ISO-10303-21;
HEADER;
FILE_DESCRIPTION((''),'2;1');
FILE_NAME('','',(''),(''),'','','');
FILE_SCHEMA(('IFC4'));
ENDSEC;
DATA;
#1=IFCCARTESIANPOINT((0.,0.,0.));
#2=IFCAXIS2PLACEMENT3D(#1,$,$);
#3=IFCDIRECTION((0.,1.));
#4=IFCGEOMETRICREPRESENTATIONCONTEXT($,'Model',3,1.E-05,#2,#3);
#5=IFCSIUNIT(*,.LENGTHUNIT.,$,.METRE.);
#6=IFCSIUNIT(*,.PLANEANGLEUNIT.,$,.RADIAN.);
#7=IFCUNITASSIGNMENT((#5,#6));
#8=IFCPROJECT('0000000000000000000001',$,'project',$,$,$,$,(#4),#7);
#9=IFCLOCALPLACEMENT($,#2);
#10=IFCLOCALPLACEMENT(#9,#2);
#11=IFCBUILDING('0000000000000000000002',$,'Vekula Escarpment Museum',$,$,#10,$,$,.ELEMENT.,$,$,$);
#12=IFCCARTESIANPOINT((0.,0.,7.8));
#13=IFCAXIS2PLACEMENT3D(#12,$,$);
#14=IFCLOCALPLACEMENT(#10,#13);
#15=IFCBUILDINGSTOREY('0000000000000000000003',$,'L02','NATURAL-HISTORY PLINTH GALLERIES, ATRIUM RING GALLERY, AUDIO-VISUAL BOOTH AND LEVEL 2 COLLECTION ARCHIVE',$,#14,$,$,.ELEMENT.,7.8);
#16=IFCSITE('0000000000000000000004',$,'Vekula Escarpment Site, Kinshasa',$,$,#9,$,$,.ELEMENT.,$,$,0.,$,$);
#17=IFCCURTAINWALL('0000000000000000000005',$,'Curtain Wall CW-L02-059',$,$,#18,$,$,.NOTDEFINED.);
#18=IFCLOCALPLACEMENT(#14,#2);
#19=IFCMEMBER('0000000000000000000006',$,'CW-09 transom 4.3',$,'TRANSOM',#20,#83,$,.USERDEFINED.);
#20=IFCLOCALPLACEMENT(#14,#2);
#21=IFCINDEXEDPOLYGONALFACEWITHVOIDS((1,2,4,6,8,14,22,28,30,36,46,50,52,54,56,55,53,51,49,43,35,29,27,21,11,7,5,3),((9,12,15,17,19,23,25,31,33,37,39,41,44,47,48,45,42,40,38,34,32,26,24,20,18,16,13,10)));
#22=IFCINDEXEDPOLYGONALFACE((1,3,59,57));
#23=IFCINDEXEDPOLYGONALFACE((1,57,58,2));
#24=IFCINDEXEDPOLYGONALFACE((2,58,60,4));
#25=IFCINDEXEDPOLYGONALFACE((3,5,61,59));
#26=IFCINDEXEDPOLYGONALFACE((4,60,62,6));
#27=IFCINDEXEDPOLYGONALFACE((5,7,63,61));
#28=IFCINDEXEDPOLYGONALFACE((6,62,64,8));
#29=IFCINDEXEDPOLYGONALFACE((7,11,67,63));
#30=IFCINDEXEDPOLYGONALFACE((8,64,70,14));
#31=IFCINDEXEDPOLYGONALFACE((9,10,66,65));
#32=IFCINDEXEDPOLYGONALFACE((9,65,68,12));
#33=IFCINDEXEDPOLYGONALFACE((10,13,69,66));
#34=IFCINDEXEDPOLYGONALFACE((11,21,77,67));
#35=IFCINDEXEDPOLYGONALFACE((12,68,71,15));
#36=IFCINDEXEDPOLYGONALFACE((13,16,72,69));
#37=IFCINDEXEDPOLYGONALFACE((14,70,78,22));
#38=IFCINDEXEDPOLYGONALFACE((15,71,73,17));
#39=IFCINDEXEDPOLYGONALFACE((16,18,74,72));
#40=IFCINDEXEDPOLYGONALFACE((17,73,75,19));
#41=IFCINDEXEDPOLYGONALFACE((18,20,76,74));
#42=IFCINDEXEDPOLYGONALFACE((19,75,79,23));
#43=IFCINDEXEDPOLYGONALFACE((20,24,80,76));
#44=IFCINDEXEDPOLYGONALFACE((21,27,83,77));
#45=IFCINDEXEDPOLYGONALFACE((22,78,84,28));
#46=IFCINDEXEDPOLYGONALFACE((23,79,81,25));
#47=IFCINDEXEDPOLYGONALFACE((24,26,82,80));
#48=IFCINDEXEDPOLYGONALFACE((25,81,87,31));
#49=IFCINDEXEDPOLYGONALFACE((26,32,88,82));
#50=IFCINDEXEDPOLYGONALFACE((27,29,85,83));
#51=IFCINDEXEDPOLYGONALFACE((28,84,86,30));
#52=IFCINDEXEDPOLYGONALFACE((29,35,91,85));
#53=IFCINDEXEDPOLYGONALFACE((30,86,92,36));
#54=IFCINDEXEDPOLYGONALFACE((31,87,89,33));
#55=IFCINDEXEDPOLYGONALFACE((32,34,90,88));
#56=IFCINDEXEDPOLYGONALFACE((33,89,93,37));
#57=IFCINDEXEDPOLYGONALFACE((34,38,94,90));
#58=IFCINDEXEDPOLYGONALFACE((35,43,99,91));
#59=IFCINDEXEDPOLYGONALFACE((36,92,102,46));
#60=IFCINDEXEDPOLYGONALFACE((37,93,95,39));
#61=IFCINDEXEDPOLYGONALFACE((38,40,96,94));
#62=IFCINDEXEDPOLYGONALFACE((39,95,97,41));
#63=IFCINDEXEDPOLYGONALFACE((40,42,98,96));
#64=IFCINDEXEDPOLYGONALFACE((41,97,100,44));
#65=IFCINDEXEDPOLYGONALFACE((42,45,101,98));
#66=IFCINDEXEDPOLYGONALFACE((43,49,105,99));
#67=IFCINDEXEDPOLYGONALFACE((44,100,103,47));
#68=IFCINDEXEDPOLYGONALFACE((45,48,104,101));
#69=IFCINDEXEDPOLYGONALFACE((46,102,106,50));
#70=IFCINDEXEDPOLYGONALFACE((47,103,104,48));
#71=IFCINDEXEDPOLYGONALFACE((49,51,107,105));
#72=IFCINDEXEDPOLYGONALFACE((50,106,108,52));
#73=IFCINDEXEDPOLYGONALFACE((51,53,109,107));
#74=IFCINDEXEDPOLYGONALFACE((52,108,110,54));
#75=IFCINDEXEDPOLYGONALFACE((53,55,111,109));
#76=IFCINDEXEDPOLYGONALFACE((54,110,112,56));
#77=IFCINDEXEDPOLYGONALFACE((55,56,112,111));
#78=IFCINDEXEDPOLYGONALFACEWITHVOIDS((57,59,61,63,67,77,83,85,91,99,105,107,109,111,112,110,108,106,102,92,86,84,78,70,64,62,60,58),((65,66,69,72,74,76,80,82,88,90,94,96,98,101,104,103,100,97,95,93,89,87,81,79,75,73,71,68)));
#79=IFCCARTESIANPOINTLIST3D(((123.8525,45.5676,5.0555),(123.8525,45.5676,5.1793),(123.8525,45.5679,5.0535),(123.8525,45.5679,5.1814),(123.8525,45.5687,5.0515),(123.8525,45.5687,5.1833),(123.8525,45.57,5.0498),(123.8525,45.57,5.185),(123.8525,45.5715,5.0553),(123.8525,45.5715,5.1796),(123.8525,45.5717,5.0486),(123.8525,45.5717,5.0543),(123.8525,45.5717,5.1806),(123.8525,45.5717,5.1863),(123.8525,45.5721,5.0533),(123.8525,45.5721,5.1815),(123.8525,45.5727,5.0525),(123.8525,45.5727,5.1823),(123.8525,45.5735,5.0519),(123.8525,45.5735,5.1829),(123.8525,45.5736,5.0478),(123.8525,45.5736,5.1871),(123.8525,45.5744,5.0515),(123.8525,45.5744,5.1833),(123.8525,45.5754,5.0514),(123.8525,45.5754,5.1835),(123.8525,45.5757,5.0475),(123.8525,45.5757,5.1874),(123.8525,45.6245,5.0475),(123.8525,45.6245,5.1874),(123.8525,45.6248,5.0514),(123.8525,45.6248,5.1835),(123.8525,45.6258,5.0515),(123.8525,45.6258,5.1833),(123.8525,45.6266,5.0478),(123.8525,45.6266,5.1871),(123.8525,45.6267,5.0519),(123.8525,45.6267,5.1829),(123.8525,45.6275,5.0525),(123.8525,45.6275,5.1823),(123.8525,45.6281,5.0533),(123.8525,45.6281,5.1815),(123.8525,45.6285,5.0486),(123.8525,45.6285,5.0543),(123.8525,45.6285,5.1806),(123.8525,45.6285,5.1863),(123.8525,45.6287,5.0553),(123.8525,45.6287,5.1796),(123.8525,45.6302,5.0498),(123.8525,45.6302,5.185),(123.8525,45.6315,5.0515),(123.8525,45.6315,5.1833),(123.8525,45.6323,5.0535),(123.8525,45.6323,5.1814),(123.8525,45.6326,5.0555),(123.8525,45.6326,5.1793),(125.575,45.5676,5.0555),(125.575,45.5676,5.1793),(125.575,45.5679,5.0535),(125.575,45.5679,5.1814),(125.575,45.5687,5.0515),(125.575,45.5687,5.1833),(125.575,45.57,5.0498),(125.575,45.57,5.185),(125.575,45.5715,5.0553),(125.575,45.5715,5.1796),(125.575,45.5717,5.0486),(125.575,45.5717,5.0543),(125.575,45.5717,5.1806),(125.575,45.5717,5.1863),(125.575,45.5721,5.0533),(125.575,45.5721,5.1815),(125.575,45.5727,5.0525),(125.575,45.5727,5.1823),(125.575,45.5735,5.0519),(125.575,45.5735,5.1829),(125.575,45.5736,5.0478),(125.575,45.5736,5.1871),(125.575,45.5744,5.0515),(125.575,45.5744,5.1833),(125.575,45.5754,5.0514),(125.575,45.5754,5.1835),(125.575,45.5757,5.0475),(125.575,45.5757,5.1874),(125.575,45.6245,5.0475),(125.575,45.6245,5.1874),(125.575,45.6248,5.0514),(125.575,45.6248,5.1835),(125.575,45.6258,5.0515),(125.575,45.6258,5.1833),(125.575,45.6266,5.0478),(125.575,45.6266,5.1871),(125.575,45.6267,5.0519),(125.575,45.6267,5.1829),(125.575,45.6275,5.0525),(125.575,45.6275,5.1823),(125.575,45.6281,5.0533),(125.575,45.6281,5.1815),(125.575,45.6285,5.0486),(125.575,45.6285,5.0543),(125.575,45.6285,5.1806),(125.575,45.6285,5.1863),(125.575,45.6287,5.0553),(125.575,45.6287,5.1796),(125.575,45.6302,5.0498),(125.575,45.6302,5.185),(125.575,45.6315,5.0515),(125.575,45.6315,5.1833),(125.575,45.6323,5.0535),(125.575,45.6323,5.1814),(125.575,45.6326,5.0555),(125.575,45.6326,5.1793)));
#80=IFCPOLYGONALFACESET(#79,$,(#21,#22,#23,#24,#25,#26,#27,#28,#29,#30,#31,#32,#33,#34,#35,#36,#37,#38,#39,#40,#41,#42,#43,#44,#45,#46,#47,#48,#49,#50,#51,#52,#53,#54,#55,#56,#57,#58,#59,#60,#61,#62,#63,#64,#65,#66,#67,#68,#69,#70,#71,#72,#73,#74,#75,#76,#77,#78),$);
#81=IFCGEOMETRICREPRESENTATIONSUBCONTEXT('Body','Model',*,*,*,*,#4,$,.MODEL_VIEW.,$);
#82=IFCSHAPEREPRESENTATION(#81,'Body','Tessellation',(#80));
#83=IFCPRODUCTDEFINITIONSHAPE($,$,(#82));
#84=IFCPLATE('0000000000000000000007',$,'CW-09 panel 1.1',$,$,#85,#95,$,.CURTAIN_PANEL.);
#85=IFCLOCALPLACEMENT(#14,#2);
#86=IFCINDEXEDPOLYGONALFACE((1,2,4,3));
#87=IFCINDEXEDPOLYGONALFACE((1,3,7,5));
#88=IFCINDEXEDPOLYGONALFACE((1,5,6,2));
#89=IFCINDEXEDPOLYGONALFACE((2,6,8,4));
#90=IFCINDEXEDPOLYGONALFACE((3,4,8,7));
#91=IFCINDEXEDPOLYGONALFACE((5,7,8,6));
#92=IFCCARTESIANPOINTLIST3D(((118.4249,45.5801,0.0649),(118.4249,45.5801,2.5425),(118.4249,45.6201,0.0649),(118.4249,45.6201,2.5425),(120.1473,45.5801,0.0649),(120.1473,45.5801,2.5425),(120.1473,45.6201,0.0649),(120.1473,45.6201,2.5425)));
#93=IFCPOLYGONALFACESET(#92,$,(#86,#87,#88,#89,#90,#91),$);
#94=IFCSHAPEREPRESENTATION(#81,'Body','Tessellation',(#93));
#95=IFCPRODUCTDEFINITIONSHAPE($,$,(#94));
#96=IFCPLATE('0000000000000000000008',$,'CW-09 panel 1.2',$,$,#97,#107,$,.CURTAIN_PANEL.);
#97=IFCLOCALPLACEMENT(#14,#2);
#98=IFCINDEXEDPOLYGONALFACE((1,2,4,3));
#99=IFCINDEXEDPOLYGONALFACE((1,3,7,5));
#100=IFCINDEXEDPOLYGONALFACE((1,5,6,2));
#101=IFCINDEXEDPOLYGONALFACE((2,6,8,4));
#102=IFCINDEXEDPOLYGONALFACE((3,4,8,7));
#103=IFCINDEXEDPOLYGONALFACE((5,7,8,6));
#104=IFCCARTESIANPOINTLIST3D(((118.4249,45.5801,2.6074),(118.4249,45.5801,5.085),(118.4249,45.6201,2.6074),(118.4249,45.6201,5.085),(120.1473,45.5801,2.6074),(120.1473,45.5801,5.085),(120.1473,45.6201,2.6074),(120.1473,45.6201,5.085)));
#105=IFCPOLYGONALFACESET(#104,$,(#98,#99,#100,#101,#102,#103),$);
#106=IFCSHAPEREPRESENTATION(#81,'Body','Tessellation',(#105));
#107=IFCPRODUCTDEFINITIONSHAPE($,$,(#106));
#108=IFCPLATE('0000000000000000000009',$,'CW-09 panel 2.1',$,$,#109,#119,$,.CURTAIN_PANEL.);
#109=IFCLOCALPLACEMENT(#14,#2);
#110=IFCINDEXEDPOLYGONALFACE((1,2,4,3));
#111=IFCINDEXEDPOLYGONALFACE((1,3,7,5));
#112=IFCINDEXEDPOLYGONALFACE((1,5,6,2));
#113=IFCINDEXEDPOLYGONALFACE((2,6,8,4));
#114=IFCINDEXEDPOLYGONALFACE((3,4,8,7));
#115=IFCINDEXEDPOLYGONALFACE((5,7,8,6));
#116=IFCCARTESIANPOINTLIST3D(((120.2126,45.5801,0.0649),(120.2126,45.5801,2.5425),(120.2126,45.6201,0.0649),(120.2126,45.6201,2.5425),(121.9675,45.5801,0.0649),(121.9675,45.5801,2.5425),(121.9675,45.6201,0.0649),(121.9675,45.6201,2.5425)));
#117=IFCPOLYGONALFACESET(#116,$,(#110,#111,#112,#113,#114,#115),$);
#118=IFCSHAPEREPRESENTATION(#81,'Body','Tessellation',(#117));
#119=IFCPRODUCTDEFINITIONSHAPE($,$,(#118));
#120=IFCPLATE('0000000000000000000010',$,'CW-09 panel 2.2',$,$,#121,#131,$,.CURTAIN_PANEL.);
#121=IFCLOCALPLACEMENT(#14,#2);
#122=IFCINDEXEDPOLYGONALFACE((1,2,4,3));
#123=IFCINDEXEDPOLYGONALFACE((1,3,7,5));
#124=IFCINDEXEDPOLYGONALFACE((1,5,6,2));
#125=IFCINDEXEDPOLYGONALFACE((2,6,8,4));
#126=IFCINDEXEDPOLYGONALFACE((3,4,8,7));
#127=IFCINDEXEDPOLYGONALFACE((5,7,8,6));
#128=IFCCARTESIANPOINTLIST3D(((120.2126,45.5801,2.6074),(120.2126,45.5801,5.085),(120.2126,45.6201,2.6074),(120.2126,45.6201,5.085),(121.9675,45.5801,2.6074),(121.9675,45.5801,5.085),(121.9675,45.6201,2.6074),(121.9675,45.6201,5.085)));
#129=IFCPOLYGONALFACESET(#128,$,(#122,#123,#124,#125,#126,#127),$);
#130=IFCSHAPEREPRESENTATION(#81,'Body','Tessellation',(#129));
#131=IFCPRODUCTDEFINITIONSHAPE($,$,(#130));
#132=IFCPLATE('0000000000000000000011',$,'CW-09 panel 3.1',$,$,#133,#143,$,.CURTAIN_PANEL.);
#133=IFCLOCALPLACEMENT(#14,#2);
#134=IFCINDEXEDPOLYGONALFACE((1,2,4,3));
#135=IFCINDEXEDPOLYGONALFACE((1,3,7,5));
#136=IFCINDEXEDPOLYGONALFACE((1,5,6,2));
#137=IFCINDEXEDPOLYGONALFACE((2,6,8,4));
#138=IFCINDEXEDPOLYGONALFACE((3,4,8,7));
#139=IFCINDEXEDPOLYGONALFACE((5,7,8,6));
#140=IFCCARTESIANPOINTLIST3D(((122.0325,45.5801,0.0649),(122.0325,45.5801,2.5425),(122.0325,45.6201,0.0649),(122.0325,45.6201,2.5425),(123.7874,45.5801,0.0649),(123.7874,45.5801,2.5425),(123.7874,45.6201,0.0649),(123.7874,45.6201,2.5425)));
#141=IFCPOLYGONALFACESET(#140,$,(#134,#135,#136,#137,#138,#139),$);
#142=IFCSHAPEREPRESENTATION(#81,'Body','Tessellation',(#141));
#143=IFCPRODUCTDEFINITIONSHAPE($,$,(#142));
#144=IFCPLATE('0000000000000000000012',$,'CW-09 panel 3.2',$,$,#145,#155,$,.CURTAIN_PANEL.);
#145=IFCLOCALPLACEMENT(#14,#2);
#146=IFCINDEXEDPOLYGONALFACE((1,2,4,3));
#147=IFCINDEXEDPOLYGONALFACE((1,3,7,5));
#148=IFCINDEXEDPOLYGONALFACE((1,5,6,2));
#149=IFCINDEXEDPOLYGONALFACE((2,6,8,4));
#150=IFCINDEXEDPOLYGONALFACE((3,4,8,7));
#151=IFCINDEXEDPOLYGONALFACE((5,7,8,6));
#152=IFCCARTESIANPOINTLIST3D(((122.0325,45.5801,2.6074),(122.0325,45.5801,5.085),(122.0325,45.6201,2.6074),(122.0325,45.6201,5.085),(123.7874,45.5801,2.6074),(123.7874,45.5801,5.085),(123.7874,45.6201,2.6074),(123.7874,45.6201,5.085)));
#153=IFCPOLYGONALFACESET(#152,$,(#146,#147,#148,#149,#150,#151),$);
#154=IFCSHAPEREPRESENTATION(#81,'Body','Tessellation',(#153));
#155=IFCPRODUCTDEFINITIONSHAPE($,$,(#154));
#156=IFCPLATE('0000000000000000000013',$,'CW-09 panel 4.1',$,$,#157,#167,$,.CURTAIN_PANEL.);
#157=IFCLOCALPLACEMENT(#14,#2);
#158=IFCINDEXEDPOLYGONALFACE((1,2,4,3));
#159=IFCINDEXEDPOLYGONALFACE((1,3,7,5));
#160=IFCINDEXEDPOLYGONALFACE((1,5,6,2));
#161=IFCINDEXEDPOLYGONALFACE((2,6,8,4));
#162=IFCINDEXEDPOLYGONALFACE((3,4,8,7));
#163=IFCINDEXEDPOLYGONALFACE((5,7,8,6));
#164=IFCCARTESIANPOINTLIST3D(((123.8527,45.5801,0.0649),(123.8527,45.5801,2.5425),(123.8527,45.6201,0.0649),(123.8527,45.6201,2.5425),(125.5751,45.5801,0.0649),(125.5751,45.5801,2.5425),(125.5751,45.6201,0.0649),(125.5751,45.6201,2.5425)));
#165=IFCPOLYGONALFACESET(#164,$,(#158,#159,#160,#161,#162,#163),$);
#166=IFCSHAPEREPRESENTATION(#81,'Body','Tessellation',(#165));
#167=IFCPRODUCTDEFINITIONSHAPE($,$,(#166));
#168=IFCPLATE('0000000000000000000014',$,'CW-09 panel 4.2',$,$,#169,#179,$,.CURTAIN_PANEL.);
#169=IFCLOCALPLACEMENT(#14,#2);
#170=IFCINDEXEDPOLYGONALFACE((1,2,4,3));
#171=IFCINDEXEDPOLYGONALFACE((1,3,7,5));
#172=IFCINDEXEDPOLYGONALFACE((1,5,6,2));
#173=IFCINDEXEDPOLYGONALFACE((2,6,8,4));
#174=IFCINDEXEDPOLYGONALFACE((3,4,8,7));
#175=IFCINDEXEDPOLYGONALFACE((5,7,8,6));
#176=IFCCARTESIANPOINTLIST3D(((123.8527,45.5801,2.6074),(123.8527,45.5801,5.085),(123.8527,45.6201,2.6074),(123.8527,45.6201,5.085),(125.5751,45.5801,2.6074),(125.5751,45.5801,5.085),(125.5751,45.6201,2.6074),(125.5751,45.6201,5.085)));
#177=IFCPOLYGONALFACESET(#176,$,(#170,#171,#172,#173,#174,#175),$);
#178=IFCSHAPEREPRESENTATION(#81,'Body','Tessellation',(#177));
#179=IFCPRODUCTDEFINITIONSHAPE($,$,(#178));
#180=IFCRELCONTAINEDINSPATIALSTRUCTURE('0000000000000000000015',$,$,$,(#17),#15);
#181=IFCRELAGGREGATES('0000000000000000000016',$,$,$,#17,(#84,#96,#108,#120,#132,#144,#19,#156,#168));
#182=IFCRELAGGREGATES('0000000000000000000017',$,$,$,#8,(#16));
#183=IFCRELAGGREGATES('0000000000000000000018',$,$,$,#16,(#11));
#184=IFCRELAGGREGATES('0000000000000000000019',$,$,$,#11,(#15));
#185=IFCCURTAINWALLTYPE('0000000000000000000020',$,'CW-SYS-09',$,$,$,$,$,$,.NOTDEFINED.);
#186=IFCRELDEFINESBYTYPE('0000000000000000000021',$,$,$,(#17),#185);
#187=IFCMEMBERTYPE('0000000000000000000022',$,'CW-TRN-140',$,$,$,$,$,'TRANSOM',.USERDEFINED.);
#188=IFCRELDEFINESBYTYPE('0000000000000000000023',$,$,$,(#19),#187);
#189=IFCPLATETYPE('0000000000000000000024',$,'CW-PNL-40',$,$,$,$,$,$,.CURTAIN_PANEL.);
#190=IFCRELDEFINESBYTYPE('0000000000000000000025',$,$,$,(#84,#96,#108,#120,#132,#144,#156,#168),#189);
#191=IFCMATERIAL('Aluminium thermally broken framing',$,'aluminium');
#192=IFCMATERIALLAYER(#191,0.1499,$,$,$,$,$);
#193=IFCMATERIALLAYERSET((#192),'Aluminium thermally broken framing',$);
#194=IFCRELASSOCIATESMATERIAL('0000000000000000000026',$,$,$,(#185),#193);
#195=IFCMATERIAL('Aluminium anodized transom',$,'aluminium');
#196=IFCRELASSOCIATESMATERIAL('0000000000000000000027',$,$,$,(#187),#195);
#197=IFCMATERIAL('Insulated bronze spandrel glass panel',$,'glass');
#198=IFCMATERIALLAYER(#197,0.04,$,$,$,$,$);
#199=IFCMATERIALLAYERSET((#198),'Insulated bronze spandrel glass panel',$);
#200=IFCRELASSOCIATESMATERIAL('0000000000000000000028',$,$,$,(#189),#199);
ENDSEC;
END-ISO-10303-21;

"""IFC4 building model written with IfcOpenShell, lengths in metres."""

from ifc_helpers import new_model, si_unit, direction, frame, origin, origin_2d, place, context, subcontext, project, spatial, rectangle, hollow_rectangle, extrude, material, layer, layer_set, material_profile, profile_set, type_object, element, aggregate, save


model = new_model("IFC4")

# Units and contexts
model_context = context("Model", 3, precision=1e-05, world=origin(), true_north=direction((0.0, 1.0)))
body_context = subcontext(model_context, "Body", "Model", "MODEL_VIEW")
ifc_project = project(units=[si_unit("LENGTHUNIT", "METRE"), si_unit("PLANEANGLEUNIT", "RADIAN")], contexts=[model_context])

# Site, building, storey
site_placement = place(None, origin())
site = spatial("IfcSite", under=ifc_project, at=site_placement, Name="Vekula Escarpment Site, Kinshasa", CompositionType="ELEMENT", RefElevation=0.0)
building_placement = place(site_placement, origin())
building = spatial("IfcBuilding", under=site, at=building_placement, Name="Vekula Escarpment Museum", CompositionType="ELEMENT")
storey_placement = place(building_placement, frame((0.0, 0.0, 7.8)))
storey = spatial("IfcBuildingStorey", under=building, at=storey_placement, Name="L02", Description="NATURAL-HISTORY PLINTH GALLERIES, ATRIUM RING GALLERY, AUDIO-VISUAL BOOTH AND LEVEL 2 COLLECTION ARCHIVE", CompositionType="ELEMENT", Elevation=7.8)

# Curtain wall, member, plates
ifc_material_1 = material(Name="Aluminium thermally broken framing", Category="aluminium")
ifc_layer_1 = layer(ifc_material_1, 0.1499)
ifc_layer_set_1 = layer_set([ifc_layer_1], Name="Aluminium thermally broken framing")
curtain_wall_type = type_object("IfcCurtainWallType", Name="CW-SYS-09", PredefinedType="NOTDEFINED", material=ifc_layer_set_1)
curtain_wall_placement = place(storey_placement, origin())
curtain_wall = element("IfcCurtainWall", 1, at=curtain_wall_placement, inside=storey, type_object=curtain_wall_type, Name="Curtain Wall CW-L02-059", PredefinedType="NOTDEFINED")
ifc_material_2 = material(Name="Aluminium anodized transom", Category="aluminium")
ifc_material_profile_1 = material_profile(ifc_material_2, hollow_rectangle(XDim=0.0649, YDim=0.1399, WallThickness=0.0039, InnerFilletRadius=0.0039, OuterFilletRadius=0.0081, at=origin_2d()), Name="ALU 140x65x4")
ifc_profile_set_1 = profile_set([ifc_material_profile_1], Name="Aluminium anodized transom")
member_type_1 = type_object("IfcMemberType", Name="CW-TRN-140", ElementType="TRANSOM", PredefinedType="USERDEFINED", material=ifc_profile_set_1)
member_1_placement = place(storey_placement, frame((123.8525, 45.6001, 5.1174), z_axis=(1.0, 0.0, 0.0), x_axis=(0.0, 1.0, 0.0)))
member_1 = element("IfcMember", 2, at=member_1_placement, type_object=member_type_1, Name="CW-09 transom 4.3", ObjectType="TRANSOM", PredefinedType="USERDEFINED", context=body_context, shape_type="SweptSolid", body=[
    extrude(hollow_rectangle(XDim=0.0649, YDim=0.1399, WallThickness=0.0039, InnerFilletRadius=0.0039, OuterFilletRadius=0.0081, at=origin_2d()), origin(), (0.0, 0.0, 1.0), 1.7224),
])
ifc_material_3 = material(Name="Insulated bronze spandrel glass panel", Category="glass")
ifc_layer_2 = layer(ifc_material_3, 0.04)
ifc_layer_set_2 = layer_set([ifc_layer_2], Name="Insulated bronze spandrel glass panel")
plate_type = type_object("IfcPlateType", Name="CW-PNL-40", PredefinedType="CURTAIN_PANEL", material=ifc_layer_set_2)
plate_1_placement = place(storey_placement, frame((119.2861, 45.6001, 0.0649), z_axis=(0.0, 0.0, 1.0), x_axis=(1.0, 0.0, 0.0)))
plate_1 = element("IfcPlate", 3, at=plate_1_placement, type_object=plate_type, Name="CW-09 panel 1.1", PredefinedType="CURTAIN_PANEL", context=body_context, shape_type="SweptSolid", body=[
    extrude(rectangle(XDim=1.7224, YDim=0.04, at=origin_2d()), origin(), (0.0, 0.0, 1.0), 2.4775),
])
plate_2_placement = place(storey_placement, frame((119.2861, 45.6001, 2.6074), z_axis=(0.0, 0.0, 1.0), x_axis=(1.0, 0.0, 0.0)))
plate_2 = element("IfcPlate", 4, at=plate_2_placement, type_object=plate_type, Name="CW-09 panel 1.2", PredefinedType="CURTAIN_PANEL", context=body_context, shape_type="SweptSolid", body=[
    extrude(rectangle(XDim=1.7224, YDim=0.04, at=origin_2d()), origin(), (0.0, 0.0, 1.0), 2.4775),
])
plate_3_placement = place(storey_placement, frame((121.0901, 45.6001, 0.0649), z_axis=(0.0, 0.0, 1.0), x_axis=(1.0, 0.0, 0.0)))
plate_3 = element("IfcPlate", 5, at=plate_3_placement, type_object=plate_type, Name="CW-09 panel 2.1", PredefinedType="CURTAIN_PANEL", context=body_context, shape_type="SweptSolid", body=[
    extrude(rectangle(XDim=1.7549, YDim=0.04, at=origin_2d()), origin(), (0.0, 0.0, 1.0), 2.4775),
])
plate_4_placement = place(storey_placement, frame((121.0901, 45.6001, 2.6074), z_axis=(0.0, 0.0, 1.0), x_axis=(1.0, 0.0, 0.0)))
plate_4 = element("IfcPlate", 6, at=plate_4_placement, type_object=plate_type, Name="CW-09 panel 2.2", PredefinedType="CURTAIN_PANEL", context=body_context, shape_type="SweptSolid", body=[
    extrude(rectangle(XDim=1.7549, YDim=0.04, at=origin_2d()), origin(), (0.0, 0.0, 1.0), 2.4775),
])
plate_5_placement = place(storey_placement, frame((122.9099, 45.6001, 0.0649), z_axis=(0.0, 0.0, 1.0), x_axis=(1.0, 0.0, 0.0)))
plate_5 = element("IfcPlate", 7, at=plate_5_placement, type_object=plate_type, Name="CW-09 panel 3.1", PredefinedType="CURTAIN_PANEL", context=body_context, shape_type="SweptSolid", body=[
    extrude(rectangle(XDim=1.7549, YDim=0.04, at=origin_2d()), origin(), (0.0, 0.0, 1.0), 2.4775),
])
plate_6_placement = place(storey_placement, frame((122.9099, 45.6001, 2.6074), z_axis=(0.0, 0.0, 1.0), x_axis=(1.0, 0.0, 0.0)))
plate_6 = element("IfcPlate", 8, at=plate_6_placement, type_object=plate_type, Name="CW-09 panel 3.2", PredefinedType="CURTAIN_PANEL", context=body_context, shape_type="SweptSolid", body=[
    extrude(rectangle(XDim=1.7549, YDim=0.04, at=origin_2d()), origin(), (0.0, 0.0, 1.0), 2.4775),
])
plate_7_placement = place(storey_placement, frame((124.7139, 45.6001, 0.0649), z_axis=(0.0, 0.0, 1.0), x_axis=(1.0, 0.0, 0.0)))
plate_7 = element("IfcPlate", 9, at=plate_7_placement, type_object=plate_type, Name="CW-09 panel 4.1", PredefinedType="CURTAIN_PANEL", context=body_context, shape_type="SweptSolid", body=[
    extrude(rectangle(XDim=1.7224, YDim=0.04, at=origin_2d()), origin(), (0.0, 0.0, 1.0), 2.4775),
])
plate_8_placement = place(storey_placement, frame((124.7139, 45.6001, 2.6074), z_axis=(0.0, 0.0, 1.0), x_axis=(1.0, 0.0, 0.0)))
plate_8 = element("IfcPlate", 10, at=plate_8_placement, type_object=plate_type, Name="CW-09 panel 4.2", PredefinedType="CURTAIN_PANEL", context=body_context, shape_type="SweptSolid", body=[
    extrude(rectangle(XDim=1.7224, YDim=0.04, at=origin_2d()), origin(), (0.0, 0.0, 1.0), 2.4775),
])
aggregate(curtain_wall, [plate_1, plate_2, plate_3, plate_4, plate_5, plate_6, member_1, plate_7, plate_8])

save(model, "model.ifc")
